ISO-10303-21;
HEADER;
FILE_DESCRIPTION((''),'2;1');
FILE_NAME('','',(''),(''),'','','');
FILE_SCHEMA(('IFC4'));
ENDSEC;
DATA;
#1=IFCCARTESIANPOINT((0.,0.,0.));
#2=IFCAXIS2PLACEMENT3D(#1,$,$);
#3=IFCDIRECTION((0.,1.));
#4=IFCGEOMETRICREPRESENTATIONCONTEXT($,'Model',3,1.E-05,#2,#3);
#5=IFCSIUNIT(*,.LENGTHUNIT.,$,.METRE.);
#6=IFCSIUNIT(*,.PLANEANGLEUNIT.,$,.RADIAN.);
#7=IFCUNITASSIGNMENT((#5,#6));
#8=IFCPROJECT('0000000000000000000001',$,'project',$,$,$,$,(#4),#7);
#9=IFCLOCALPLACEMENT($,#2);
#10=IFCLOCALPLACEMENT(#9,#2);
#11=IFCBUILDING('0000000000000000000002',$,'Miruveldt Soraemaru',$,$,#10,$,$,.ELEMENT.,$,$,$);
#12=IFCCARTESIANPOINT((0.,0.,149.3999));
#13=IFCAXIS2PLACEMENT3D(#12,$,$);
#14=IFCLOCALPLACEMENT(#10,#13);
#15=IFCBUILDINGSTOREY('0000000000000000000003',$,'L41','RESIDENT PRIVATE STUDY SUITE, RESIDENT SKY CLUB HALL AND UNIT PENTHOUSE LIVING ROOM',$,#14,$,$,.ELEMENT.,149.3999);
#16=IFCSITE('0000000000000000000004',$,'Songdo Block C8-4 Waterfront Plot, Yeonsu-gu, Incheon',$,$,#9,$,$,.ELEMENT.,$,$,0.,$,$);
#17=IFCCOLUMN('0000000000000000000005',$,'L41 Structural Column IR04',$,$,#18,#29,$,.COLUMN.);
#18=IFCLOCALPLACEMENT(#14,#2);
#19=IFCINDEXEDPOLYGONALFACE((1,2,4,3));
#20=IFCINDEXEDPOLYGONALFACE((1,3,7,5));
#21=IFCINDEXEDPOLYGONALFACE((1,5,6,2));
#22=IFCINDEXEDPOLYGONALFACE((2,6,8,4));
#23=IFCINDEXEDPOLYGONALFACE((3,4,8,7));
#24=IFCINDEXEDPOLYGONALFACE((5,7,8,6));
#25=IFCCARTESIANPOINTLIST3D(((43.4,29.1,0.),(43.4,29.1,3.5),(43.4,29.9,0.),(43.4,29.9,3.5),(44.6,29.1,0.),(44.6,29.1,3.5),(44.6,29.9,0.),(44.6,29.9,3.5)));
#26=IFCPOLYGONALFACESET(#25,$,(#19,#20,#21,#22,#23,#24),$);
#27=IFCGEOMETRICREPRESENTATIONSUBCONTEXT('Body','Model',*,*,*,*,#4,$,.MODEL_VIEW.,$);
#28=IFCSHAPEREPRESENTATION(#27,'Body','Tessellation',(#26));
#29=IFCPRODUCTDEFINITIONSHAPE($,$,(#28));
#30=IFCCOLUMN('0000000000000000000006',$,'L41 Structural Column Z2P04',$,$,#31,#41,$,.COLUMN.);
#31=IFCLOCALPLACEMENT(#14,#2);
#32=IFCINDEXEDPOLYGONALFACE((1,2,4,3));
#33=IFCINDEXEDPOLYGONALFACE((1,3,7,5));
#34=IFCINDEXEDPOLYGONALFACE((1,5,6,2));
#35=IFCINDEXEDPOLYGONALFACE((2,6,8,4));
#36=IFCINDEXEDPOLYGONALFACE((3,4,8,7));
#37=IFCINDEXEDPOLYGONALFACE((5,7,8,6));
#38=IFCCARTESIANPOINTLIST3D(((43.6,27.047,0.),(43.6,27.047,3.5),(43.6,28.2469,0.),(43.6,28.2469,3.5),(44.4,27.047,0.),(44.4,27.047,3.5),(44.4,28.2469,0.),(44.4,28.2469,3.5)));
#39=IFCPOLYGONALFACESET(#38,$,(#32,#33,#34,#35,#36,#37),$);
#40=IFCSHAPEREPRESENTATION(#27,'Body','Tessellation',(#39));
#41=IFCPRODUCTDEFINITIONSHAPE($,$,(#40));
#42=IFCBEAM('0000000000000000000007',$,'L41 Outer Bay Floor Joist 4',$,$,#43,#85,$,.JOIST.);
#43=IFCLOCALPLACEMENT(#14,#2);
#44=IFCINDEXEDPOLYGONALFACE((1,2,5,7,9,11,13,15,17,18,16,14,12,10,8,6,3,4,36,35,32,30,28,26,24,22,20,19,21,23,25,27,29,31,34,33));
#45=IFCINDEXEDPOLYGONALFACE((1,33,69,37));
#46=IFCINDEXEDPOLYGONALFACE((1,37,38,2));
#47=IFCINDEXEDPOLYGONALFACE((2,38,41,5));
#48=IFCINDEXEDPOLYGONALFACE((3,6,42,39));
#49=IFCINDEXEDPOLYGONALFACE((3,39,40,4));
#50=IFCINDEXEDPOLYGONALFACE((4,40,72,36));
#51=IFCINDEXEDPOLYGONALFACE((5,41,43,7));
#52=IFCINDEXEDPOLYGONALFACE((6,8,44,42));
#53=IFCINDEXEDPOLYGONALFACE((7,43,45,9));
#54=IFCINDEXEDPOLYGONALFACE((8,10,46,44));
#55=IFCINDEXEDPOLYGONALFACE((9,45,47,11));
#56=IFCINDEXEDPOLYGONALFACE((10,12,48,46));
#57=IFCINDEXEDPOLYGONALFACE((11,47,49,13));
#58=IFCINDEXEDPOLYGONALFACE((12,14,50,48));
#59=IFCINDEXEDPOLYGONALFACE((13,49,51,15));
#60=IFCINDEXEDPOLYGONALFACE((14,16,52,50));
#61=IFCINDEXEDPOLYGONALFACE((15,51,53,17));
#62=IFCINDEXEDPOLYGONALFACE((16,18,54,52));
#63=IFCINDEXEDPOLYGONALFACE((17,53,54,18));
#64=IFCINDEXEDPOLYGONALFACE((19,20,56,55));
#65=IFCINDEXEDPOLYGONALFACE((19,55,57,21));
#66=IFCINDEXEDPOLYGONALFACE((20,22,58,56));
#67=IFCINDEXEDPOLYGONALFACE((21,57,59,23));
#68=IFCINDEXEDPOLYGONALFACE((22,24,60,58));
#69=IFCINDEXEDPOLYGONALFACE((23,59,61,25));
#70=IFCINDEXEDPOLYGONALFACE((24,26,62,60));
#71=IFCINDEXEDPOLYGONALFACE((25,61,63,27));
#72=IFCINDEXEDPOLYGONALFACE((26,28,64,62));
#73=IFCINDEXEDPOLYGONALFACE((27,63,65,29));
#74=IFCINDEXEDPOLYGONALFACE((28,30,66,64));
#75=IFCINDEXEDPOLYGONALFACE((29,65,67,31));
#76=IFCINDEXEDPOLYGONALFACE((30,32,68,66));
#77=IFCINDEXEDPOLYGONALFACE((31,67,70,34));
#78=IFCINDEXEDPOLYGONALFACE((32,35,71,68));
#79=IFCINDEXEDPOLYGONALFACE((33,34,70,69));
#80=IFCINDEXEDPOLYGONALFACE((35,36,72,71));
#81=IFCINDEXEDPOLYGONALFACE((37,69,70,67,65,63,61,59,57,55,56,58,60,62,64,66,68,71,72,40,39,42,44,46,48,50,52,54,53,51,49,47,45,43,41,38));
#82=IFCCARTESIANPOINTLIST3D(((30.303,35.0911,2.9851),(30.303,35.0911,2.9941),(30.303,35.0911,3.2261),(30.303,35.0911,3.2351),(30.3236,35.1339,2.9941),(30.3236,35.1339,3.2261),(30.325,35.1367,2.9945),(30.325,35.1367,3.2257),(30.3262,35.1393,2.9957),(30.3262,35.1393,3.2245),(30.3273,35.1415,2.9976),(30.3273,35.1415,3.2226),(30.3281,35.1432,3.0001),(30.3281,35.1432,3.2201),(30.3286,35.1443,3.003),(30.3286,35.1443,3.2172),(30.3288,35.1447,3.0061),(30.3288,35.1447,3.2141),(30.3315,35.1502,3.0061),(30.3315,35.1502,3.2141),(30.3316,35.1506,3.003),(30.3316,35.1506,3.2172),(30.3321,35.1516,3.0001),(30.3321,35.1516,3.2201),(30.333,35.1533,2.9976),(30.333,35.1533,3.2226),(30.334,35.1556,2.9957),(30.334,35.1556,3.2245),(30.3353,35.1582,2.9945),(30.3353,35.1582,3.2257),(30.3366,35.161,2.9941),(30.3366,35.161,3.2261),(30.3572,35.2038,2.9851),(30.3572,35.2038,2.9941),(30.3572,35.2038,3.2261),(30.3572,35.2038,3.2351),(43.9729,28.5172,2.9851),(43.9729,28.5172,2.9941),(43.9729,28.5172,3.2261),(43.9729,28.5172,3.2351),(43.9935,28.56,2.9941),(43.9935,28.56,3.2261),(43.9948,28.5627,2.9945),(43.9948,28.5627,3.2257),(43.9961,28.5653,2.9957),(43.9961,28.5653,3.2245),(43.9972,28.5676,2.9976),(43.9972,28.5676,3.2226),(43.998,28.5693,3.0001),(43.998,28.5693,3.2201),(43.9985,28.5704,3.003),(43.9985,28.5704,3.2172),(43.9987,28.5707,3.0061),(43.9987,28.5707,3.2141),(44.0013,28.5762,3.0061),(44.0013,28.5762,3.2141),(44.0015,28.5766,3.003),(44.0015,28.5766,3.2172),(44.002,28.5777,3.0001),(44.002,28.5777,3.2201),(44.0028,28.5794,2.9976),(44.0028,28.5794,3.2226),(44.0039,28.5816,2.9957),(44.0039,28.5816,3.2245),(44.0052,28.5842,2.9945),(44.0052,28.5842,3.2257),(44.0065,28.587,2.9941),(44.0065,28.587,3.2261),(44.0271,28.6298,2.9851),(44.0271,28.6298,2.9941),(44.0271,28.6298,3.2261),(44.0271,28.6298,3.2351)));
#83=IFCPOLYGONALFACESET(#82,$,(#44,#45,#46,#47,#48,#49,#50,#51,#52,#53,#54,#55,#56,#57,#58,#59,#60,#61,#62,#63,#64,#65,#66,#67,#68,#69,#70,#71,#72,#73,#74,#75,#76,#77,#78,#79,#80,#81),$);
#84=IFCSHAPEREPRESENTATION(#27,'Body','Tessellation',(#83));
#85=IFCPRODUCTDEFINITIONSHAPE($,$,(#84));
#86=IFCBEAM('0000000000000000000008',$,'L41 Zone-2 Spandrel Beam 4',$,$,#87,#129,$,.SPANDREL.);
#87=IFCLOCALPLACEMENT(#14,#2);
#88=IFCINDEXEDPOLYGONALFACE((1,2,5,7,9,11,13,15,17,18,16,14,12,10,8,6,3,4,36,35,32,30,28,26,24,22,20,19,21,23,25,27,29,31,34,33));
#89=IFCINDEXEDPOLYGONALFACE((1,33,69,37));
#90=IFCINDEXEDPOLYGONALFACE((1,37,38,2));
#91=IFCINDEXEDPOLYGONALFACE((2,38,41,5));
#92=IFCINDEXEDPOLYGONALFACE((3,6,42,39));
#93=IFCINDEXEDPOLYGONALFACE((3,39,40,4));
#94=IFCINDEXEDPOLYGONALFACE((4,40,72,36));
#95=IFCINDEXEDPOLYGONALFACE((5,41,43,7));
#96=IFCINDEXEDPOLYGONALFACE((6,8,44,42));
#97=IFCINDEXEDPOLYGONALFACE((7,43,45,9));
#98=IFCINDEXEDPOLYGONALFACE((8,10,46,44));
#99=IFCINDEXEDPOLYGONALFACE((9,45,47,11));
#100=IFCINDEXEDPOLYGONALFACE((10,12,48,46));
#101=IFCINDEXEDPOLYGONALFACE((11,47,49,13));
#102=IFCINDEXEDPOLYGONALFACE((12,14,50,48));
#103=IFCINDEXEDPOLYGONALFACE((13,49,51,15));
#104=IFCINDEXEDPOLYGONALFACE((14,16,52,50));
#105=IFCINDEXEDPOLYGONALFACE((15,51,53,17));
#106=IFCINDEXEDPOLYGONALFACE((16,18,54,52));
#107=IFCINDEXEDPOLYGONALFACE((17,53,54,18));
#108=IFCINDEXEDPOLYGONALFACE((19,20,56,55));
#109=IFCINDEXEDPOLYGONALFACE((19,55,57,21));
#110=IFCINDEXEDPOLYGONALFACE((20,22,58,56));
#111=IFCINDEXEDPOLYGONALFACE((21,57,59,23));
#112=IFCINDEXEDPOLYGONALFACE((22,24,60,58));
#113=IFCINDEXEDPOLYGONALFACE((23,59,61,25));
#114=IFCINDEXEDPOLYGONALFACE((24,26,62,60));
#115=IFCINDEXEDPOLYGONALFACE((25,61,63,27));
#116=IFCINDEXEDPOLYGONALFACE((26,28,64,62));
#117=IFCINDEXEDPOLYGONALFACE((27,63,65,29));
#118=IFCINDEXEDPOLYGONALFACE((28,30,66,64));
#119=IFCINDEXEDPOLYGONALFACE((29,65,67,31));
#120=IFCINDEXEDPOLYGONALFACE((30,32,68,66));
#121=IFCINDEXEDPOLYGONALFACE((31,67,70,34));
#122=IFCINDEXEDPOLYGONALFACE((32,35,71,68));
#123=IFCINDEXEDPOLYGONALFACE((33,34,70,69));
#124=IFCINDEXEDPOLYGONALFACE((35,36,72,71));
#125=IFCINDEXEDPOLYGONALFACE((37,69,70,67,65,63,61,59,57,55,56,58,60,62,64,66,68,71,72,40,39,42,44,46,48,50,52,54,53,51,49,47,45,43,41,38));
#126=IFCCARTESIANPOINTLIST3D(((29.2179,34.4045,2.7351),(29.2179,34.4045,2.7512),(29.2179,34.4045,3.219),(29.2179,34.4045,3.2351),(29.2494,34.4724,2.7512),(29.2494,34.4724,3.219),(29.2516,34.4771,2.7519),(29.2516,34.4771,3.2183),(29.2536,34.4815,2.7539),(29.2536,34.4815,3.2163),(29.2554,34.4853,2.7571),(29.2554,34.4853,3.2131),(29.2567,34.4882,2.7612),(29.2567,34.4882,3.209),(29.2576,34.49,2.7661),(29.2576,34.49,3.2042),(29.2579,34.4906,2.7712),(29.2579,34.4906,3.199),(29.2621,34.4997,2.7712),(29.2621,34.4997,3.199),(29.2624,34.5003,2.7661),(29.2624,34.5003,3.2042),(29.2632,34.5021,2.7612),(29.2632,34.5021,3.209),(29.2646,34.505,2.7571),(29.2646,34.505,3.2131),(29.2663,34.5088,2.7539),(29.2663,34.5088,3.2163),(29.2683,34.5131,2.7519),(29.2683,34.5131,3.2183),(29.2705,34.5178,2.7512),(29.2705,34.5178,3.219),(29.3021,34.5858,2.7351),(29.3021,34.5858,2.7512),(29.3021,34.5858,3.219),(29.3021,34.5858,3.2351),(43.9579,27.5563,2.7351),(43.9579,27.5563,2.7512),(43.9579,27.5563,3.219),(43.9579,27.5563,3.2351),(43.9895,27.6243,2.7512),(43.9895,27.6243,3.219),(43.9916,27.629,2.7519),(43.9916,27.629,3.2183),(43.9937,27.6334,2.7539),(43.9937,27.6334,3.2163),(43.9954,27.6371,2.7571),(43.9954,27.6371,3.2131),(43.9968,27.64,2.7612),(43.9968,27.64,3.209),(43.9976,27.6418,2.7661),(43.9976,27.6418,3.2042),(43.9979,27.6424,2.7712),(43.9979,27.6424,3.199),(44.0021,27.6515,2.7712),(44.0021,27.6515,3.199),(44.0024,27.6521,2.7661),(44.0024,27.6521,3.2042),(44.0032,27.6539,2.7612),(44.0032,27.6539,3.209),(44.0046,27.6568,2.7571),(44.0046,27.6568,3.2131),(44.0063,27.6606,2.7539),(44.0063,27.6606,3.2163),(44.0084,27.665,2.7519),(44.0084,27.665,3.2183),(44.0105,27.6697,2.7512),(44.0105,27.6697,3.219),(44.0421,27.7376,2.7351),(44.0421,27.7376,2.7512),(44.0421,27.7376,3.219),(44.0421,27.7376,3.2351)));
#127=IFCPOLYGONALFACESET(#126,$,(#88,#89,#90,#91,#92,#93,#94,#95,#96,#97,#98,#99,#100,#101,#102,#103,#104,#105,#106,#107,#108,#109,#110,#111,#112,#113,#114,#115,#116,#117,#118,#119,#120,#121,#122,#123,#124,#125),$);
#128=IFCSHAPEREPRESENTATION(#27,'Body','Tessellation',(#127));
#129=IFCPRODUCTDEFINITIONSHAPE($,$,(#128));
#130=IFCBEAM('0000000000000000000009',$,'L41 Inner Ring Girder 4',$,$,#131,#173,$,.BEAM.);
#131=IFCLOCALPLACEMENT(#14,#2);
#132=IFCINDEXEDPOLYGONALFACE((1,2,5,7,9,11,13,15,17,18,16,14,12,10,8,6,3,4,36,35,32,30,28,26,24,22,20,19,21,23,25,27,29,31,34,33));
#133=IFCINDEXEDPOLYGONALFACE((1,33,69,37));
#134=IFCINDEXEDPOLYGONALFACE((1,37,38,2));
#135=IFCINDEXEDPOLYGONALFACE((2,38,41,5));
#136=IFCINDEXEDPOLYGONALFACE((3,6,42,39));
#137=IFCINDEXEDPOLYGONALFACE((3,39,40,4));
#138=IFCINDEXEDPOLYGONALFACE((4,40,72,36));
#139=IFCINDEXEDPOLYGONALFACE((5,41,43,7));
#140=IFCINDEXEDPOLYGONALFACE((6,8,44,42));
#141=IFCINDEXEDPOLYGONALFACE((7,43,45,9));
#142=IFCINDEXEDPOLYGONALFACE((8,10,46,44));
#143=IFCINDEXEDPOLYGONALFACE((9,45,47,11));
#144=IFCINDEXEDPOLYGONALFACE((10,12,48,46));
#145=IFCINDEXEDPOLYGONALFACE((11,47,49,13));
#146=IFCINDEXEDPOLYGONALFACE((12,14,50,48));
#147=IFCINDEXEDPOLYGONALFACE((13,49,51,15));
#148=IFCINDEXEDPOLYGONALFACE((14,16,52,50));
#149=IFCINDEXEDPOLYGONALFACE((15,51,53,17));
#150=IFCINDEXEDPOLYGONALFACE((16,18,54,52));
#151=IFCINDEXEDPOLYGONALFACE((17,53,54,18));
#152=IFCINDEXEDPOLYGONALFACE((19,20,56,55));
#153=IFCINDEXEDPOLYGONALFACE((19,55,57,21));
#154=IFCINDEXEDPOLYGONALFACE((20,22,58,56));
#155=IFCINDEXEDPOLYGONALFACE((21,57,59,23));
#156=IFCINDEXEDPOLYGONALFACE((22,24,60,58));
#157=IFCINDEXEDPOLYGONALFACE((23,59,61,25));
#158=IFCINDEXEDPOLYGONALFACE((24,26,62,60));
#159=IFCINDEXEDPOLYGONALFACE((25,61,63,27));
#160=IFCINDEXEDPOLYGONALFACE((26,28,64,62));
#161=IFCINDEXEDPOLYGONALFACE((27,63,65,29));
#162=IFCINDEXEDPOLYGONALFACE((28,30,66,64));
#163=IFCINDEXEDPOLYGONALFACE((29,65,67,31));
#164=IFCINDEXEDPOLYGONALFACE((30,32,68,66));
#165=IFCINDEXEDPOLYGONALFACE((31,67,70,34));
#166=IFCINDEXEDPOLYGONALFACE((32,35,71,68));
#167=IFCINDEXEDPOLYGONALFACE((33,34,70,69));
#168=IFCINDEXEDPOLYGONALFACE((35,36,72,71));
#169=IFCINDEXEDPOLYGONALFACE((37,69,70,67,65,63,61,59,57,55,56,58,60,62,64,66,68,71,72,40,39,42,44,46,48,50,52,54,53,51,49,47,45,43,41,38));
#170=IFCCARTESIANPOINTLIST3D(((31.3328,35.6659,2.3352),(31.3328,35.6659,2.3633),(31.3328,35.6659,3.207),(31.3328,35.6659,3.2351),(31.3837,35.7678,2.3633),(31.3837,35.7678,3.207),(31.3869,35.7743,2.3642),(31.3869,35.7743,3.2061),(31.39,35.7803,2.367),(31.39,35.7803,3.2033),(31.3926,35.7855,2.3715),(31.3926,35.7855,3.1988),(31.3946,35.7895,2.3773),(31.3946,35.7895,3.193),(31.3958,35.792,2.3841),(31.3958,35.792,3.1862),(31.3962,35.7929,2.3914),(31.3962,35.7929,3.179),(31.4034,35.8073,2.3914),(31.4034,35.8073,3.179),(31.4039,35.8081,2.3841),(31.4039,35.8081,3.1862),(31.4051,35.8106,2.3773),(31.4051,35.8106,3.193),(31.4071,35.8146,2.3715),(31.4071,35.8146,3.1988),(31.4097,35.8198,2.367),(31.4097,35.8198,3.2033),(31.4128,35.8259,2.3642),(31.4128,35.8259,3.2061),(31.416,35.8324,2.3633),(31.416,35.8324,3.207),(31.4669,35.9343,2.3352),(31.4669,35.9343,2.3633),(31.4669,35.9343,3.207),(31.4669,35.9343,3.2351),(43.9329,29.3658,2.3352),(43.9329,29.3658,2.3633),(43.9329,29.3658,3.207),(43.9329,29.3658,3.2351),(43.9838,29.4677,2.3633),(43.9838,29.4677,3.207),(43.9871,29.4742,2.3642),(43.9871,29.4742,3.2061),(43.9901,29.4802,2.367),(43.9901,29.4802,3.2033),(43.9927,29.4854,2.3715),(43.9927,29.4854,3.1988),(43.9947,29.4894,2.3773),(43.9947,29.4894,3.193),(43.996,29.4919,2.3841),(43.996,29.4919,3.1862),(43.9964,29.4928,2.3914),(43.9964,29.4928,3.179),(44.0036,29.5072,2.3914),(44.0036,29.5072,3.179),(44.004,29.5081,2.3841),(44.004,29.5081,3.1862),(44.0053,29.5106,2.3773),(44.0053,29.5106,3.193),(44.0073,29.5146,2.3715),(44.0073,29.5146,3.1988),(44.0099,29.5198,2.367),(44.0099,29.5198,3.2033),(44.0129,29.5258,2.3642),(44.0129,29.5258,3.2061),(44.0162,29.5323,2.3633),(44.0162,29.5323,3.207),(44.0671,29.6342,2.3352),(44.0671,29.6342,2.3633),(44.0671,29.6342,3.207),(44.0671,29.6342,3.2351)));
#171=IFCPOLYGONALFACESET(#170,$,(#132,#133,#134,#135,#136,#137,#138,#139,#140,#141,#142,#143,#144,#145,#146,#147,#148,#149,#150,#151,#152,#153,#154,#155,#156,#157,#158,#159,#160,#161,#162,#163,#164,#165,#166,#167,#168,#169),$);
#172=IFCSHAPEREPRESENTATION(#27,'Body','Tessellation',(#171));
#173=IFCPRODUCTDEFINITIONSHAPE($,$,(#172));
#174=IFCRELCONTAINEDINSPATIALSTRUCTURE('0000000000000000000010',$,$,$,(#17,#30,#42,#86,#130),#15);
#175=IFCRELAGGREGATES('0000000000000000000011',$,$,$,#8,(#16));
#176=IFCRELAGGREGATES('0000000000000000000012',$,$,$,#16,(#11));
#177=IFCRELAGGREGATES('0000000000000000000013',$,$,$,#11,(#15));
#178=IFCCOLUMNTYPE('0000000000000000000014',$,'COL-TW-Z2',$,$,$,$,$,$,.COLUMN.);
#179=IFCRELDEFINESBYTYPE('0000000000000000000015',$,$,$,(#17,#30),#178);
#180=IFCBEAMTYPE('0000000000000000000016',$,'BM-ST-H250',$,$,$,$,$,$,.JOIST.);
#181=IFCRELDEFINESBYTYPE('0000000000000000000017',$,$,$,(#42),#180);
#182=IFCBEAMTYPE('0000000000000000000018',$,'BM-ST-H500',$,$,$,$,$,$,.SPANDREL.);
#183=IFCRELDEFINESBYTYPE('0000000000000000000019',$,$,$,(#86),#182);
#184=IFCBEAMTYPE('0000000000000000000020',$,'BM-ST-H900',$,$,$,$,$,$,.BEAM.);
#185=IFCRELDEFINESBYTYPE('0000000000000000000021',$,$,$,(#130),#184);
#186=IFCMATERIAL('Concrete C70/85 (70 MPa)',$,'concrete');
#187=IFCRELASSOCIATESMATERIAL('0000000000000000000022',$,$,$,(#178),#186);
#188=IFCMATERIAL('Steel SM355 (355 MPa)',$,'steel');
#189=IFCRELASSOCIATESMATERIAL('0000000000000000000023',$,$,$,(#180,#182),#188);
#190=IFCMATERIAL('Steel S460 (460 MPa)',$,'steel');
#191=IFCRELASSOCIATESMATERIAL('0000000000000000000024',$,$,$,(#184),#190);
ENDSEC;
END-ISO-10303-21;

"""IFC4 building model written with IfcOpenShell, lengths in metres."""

from ifc_helpers import new_model, si_unit, direction, frame, origin, origin_2d, place, context, subcontext, project, spatial, rectangle, i_section, extrude, material, material_profile, profile_set, type_object, element, save


model = new_model("IFC4")

# Units and contexts
model_context = context("Model", 3, precision=1e-05, world=origin(), true_north=direction((0.0, 1.0)))
body_context = subcontext(model_context, "Body", "Model", "MODEL_VIEW")
ifc_project = project(units=[si_unit("LENGTHUNIT", "METRE"), si_unit("PLANEANGLEUNIT", "RADIAN")], contexts=[model_context])

# Site, building, storey
site_placement = place(None, origin())
site = spatial("IfcSite", under=ifc_project, at=site_placement, Name="Songdo Block C8-4 Waterfront Plot, Yeonsu-gu, Incheon", CompositionType="ELEMENT", RefElevation=0.0)
building_placement = place(site_placement, origin())
building = spatial("IfcBuilding", under=site, at=building_placement, Name="Miruveldt Soraemaru", CompositionType="ELEMENT")
storey_placement = place(building_placement, frame((0.0, 0.0, 149.3999)))
storey = spatial("IfcBuildingStorey", under=building, at=storey_placement, Name="L41", Description="RESIDENT PRIVATE STUDY SUITE, RESIDENT SKY CLUB HALL AND UNIT PENTHOUSE LIVING ROOM", CompositionType="ELEMENT", Elevation=149.3999)

# Columns
ifc_material_1 = material(Name="Concrete C70/85 (70 MPa)", Category="concrete")
ifc_material_profile_1 = material_profile(ifc_material_1, rectangle(XDim=1.2, YDim=0.8, at=origin_2d()), Name="Concrete C70/85 (70 MPa)", Category="concrete")
ifc_profile_set_1 = profile_set([ifc_material_profile_1], Name="Concrete C70/85 (70 MPa)")
column_type = type_object("IfcColumnType", Name="COL-TW-Z2", PredefinedType="COLUMN", material=ifc_profile_set_1)
for number, where, z_axis, x_axis, name in (
    (1, (44.0, 29.5, 0.0), (0.0, 0.0, 1.0), (1.0, 0.0, 0.0), "L41 Structural Column IR04"),
    (2, (44.0, 27.647, 0.0), (0.0, 0.0, 1.0), (0.0, 1.0, 0.0), "L41 Structural Column Z2P04"),
):
    element("IfcColumn", number, at=place(storey_placement, frame(where, z_axis=z_axis, x_axis=x_axis)), inside=storey, type_object=column_type, Name=name, PredefinedType="COLUMN", context=body_context, shape_type="SweptSolid", body=[
        extrude(rectangle(XDim=1.2, YDim=0.8, at=origin_2d()), origin(), (0.0, 0.0, 1.0), 3.5),
    ])

# Beams
ifc_material_2 = material(Name="Steel SM355 (355 MPa)", Category="steel")
ifc_material_profile_2 = material_profile(ifc_material_2, i_section(OverallWidth=0.125, OverallDepth=0.25, WebThickness=0.0061, FlangeThickness=0.009, FilletRadius=0.012, at=origin_2d()), Name="Steel SM355 (355 MPa)", Category="steel")
ifc_profile_set_2 = profile_set([ifc_material_profile_2], Name="Steel SM355 (355 MPa)")
beam_type_1 = type_object("IfcBeamType", Name="BM-ST-H250", PredefinedType="JOIST", material=ifc_profile_set_2)
beam_1_placement = place(storey_placement, frame((44.0, 28.5735, 3.1101), z_axis=(-0.901204, 0.433396, 0.0), x_axis=(-0.433396, -0.901204, 0.0)))
element("IfcBeam", 3, at=beam_1_placement, inside=storey, type_object=beam_type_1, Name="L41 Outer Bay Floor Joist 4", PredefinedType="JOIST", context=body_context, shape_type="SweptSolid", body=[
    extrude(i_section(OverallWidth=0.125, OverallDepth=0.25, WebThickness=0.0061, FlangeThickness=0.009, FilletRadius=0.012, at=origin_2d()), origin(), (0.0, 0.0, 1.0), 15.1685),
])
ifc_material_profile_3 = material_profile(ifc_material_2, i_section(OverallWidth=0.2, OverallDepth=0.5, WebThickness=0.01, FlangeThickness=0.0161, FilletRadius=0.02, at=origin_2d()), Name="Steel SM355 (355 MPa)", Category="steel")
ifc_profile_set_3 = profile_set([ifc_material_profile_3], Name="Steel SM355 (355 MPa)")
beam_type_2 = type_object("IfcBeamType", Name="BM-ST-H500", PredefinedType="SPANDREL", material=ifc_profile_set_3)
beam_2_placement = place(storey_placement, frame((44.0, 27.647, 2.9851), z_axis=(-0.906901, 0.421343, 0.0), x_axis=(-0.421343, -0.906901, 0.0)))
element("IfcBeam", 4, at=beam_2_placement, inside=storey, type_object=beam_type_2, Name="L41 Zone-2 Spandrel Beam 4", PredefinedType="SPANDREL", context=body_context, shape_type="SweptSolid", body=[
    extrude(i_section(OverallWidth=0.2, OverallDepth=0.5, WebThickness=0.01, FlangeThickness=0.0161, FilletRadius=0.02, at=origin_2d()), origin(), (0.0, 0.0, 1.0), 16.2532),
])
ifc_material_3 = material(Name="Steel S460 (460 MPa)", Category="steel")
ifc_material_profile_4 = material_profile(ifc_material_3, i_section(OverallWidth=0.3, OverallDepth=0.8999, WebThickness=0.0161, FlangeThickness=0.0281, FilletRadius=0.0281, at=origin_2d()), Name="Steel S460 (460 MPa)", Category="steel")
ifc_profile_set_4 = profile_set([ifc_material_profile_4], Name="Steel S460 (460 MPa)")
beam_type_3 = type_object("IfcBeamType", Name="BM-ST-H900", PredefinedType="BEAM", material=ifc_profile_set_4)
beam_3_placement = place(storey_placement, frame((44.0, 29.5, 2.7852), z_axis=(-0.894427, 0.447214, 0.0), x_axis=(-0.447214, -0.894427, 0.0)))
element("IfcBeam", 5, at=beam_3_placement, inside=storey, type_object=beam_type_3, Name="L41 Inner Ring Girder 4", PredefinedType="BEAM", context=body_context, shape_type="SweptSolid", body=[
    extrude(i_section(OverallWidth=0.3, OverallDepth=0.8999, WebThickness=0.0161, FlangeThickness=0.0281, FilletRadius=0.0281, at=origin_2d()), origin(), (0.0, 0.0, 1.0), 14.0874),
])

save(model, "model.ifc")
